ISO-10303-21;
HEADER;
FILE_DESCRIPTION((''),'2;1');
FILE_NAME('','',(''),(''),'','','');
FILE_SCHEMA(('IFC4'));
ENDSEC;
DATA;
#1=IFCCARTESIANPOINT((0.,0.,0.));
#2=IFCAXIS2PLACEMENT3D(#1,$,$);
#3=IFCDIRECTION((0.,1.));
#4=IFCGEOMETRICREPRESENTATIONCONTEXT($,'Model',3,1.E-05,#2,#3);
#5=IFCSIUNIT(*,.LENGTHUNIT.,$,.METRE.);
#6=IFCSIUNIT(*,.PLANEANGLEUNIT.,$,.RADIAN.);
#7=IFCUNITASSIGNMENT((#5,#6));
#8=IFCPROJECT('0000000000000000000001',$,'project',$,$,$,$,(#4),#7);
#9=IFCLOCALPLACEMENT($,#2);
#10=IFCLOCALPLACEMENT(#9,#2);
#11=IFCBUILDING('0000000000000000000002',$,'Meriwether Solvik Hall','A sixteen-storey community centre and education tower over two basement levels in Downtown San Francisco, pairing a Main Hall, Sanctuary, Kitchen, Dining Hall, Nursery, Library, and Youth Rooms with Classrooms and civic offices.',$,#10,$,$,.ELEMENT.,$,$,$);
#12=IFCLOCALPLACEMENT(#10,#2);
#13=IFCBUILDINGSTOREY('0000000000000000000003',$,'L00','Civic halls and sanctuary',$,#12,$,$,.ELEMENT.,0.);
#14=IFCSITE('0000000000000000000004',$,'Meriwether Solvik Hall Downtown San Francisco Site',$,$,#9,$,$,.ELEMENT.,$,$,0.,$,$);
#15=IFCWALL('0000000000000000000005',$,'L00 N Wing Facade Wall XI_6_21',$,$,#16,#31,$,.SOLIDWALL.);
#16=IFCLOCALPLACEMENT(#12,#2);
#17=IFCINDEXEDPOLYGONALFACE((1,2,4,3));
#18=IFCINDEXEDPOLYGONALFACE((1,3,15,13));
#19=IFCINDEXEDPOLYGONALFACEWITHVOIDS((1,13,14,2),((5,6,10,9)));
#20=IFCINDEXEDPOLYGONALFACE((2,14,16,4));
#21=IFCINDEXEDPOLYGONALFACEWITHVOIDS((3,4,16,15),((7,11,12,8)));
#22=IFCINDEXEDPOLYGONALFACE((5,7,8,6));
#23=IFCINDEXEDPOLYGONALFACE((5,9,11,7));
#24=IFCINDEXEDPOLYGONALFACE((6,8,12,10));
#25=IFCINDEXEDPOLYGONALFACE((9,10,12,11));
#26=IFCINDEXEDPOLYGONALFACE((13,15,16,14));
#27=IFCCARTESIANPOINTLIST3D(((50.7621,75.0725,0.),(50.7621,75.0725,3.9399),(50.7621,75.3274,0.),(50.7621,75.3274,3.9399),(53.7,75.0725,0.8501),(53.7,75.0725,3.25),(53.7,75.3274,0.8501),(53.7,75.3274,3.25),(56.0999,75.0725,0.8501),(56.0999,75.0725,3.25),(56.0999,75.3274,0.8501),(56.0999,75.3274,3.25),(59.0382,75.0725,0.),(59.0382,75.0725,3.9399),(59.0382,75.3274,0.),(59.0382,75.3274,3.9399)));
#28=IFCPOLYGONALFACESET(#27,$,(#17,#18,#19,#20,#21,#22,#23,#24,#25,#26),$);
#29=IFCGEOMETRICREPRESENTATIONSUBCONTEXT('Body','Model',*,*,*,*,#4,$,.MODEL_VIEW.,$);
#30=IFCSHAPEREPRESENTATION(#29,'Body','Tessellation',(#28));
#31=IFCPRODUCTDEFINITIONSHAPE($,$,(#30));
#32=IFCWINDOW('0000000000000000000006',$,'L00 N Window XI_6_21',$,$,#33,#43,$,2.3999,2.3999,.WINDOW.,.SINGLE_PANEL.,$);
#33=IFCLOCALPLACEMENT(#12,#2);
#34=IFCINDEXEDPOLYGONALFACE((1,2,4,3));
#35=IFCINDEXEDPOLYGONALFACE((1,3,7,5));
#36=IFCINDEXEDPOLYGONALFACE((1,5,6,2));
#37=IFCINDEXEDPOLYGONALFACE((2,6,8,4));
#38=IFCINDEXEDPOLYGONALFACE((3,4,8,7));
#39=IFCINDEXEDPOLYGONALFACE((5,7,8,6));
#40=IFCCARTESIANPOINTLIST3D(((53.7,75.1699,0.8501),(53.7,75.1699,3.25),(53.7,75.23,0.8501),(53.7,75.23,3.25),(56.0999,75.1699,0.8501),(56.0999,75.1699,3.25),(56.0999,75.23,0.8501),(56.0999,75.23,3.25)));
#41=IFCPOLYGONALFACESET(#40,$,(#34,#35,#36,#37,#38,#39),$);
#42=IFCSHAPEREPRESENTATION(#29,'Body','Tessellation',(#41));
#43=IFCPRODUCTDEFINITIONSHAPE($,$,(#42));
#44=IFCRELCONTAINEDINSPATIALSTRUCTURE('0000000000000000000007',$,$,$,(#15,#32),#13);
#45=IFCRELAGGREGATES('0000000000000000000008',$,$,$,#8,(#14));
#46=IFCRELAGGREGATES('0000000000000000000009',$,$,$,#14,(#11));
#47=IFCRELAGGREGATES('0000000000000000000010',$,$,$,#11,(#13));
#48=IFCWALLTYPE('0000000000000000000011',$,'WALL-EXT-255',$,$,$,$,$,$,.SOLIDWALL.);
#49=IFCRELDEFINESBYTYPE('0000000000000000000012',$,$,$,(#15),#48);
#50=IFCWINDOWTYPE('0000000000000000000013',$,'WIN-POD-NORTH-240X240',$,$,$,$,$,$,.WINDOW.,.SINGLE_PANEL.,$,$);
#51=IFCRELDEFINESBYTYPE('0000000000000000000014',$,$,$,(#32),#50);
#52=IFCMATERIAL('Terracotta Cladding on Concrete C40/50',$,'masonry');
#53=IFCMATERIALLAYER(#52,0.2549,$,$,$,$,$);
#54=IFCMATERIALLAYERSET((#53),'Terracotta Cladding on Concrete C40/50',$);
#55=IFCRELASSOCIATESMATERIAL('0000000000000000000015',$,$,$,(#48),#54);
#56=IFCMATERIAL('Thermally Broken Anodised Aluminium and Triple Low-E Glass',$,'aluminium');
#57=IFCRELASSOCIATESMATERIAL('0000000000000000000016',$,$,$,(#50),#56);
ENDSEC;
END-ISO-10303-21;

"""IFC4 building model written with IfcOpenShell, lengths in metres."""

from ifc_helpers import new_model, si_unit, direction, frame, frame_2d, origin, place, context, subcontext, project, spatial, rectangle, extrude, material, layer, layer_set, type_object, element, fill, save


model = new_model("IFC4")

# Units and contexts
model_context = context("Model", 3, precision=1e-05, world=origin(), true_north=direction((0.0, 1.0)))
body_context = subcontext(model_context, "Body", "Model", "MODEL_VIEW")
ifc_project = project(units=[si_unit("LENGTHUNIT", "METRE"), si_unit("PLANEANGLEUNIT", "RADIAN")], contexts=[model_context])

# Site, building, storey
site_placement = place(None, origin())
site = spatial("IfcSite", under=ifc_project, at=site_placement, Name="Meriwether Solvik Hall Downtown San Francisco Site", CompositionType="ELEMENT", RefElevation=0.0)
building_placement = place(site_placement, origin())
building = spatial("IfcBuilding", under=site, at=building_placement, Name="Meriwether Solvik Hall", Description="A sixteen-storey community centre and education tower over two basement levels in Downtown San Francisco, pairing a Main Hall, Sanctuary, Kitchen, Dining Hall, Nursery, Library, and Youth Rooms with Classrooms and civic offices.", CompositionType="ELEMENT")
storey_placement = place(building_placement, origin())
storey = spatial("IfcBuildingStorey", under=building, at=storey_placement, Name="L00", Description="Civic halls and sanctuary", CompositionType="ELEMENT", Elevation=0.0)

# Wall, opening, window
ifc_material_1 = material(Name="Terracotta Cladding on Concrete C40/50", Category="masonry")
ifc_layer_1 = layer(ifc_material_1, 0.2549)
ifc_layer_set_1 = layer_set([ifc_layer_1], Name="Terracotta Cladding on Concrete C40/50")
wall_type_1 = type_object("IfcWallType", Name="WALL-EXT-255", PredefinedType="SOLIDWALL", material=ifc_layer_set_1)
wall_1_placement = place(storey_placement, frame((50.762, 75.2, 0.0), z_axis=(0.0, 0.0, 1.0), x_axis=(1.0, 0.0, 0.0)))
wall_1 = element("IfcWall", 1, at=wall_1_placement, inside=storey, type_object=wall_type_1, Name="L00 N Wing Facade Wall XI_6_21", PredefinedType="SOLIDWALL", context=body_context, shape_type="SweptSolid", body=[
    extrude(rectangle(XDim=8.2761, YDim=0.2549, at=frame_2d((4.1382, 0.0))), origin(), (0.0, 0.0, 1.0), 3.9399),
])
opening_placement = place(wall_1_placement, frame((2.938, 0.0, 0.8501)))
opening = element("IfcOpeningElement", 2, at=opening_placement, cuts=wall_1, PredefinedType="OPENING", context=body_context, shape_type="SweptSolid", body=[
    extrude(rectangle(XDim=2.3999, YDim=2.3999, at=frame_2d((1.2, 1.2))), frame((0.0, 0.1394, 0.0), z_axis=(0.0, -1.0, 0.0), x_axis=(1.0, 0.0, 0.0)), (0.0, 0.0, 1.0), 0.2788),
])
ifc_material_2 = material(Name="Thermally Broken Anodised Aluminium and Triple Low-E Glass", Category="aluminium")
window_type = type_object("IfcWindowType", Name="WIN-POD-NORTH-240X240", PartitioningType="SINGLE_PANEL", PredefinedType="WINDOW", material=ifc_material_2)
window_placement = place(opening_placement, origin())
window = element("IfcWindow", 3, at=window_placement, inside=storey, type_object=window_type, Name="L00 N Window XI_6_21", OverallHeight=2.3999, OverallWidth=2.3999, PartitioningType="SINGLE_PANEL", PredefinedType="WINDOW", context=body_context, shape_type="SweptSolid", body=[
    extrude(rectangle(XDim=2.3999, YDim=2.3999, at=frame_2d((1.2, 1.2))), frame((0.0, 0.03, 0.0), z_axis=(0.0, -1.0, 0.0), x_axis=(1.0, 0.0, 0.0)), (0.0, 0.0, 1.0), 0.0601),
])
fill(opening, window)

save(model, "model.ifc")
